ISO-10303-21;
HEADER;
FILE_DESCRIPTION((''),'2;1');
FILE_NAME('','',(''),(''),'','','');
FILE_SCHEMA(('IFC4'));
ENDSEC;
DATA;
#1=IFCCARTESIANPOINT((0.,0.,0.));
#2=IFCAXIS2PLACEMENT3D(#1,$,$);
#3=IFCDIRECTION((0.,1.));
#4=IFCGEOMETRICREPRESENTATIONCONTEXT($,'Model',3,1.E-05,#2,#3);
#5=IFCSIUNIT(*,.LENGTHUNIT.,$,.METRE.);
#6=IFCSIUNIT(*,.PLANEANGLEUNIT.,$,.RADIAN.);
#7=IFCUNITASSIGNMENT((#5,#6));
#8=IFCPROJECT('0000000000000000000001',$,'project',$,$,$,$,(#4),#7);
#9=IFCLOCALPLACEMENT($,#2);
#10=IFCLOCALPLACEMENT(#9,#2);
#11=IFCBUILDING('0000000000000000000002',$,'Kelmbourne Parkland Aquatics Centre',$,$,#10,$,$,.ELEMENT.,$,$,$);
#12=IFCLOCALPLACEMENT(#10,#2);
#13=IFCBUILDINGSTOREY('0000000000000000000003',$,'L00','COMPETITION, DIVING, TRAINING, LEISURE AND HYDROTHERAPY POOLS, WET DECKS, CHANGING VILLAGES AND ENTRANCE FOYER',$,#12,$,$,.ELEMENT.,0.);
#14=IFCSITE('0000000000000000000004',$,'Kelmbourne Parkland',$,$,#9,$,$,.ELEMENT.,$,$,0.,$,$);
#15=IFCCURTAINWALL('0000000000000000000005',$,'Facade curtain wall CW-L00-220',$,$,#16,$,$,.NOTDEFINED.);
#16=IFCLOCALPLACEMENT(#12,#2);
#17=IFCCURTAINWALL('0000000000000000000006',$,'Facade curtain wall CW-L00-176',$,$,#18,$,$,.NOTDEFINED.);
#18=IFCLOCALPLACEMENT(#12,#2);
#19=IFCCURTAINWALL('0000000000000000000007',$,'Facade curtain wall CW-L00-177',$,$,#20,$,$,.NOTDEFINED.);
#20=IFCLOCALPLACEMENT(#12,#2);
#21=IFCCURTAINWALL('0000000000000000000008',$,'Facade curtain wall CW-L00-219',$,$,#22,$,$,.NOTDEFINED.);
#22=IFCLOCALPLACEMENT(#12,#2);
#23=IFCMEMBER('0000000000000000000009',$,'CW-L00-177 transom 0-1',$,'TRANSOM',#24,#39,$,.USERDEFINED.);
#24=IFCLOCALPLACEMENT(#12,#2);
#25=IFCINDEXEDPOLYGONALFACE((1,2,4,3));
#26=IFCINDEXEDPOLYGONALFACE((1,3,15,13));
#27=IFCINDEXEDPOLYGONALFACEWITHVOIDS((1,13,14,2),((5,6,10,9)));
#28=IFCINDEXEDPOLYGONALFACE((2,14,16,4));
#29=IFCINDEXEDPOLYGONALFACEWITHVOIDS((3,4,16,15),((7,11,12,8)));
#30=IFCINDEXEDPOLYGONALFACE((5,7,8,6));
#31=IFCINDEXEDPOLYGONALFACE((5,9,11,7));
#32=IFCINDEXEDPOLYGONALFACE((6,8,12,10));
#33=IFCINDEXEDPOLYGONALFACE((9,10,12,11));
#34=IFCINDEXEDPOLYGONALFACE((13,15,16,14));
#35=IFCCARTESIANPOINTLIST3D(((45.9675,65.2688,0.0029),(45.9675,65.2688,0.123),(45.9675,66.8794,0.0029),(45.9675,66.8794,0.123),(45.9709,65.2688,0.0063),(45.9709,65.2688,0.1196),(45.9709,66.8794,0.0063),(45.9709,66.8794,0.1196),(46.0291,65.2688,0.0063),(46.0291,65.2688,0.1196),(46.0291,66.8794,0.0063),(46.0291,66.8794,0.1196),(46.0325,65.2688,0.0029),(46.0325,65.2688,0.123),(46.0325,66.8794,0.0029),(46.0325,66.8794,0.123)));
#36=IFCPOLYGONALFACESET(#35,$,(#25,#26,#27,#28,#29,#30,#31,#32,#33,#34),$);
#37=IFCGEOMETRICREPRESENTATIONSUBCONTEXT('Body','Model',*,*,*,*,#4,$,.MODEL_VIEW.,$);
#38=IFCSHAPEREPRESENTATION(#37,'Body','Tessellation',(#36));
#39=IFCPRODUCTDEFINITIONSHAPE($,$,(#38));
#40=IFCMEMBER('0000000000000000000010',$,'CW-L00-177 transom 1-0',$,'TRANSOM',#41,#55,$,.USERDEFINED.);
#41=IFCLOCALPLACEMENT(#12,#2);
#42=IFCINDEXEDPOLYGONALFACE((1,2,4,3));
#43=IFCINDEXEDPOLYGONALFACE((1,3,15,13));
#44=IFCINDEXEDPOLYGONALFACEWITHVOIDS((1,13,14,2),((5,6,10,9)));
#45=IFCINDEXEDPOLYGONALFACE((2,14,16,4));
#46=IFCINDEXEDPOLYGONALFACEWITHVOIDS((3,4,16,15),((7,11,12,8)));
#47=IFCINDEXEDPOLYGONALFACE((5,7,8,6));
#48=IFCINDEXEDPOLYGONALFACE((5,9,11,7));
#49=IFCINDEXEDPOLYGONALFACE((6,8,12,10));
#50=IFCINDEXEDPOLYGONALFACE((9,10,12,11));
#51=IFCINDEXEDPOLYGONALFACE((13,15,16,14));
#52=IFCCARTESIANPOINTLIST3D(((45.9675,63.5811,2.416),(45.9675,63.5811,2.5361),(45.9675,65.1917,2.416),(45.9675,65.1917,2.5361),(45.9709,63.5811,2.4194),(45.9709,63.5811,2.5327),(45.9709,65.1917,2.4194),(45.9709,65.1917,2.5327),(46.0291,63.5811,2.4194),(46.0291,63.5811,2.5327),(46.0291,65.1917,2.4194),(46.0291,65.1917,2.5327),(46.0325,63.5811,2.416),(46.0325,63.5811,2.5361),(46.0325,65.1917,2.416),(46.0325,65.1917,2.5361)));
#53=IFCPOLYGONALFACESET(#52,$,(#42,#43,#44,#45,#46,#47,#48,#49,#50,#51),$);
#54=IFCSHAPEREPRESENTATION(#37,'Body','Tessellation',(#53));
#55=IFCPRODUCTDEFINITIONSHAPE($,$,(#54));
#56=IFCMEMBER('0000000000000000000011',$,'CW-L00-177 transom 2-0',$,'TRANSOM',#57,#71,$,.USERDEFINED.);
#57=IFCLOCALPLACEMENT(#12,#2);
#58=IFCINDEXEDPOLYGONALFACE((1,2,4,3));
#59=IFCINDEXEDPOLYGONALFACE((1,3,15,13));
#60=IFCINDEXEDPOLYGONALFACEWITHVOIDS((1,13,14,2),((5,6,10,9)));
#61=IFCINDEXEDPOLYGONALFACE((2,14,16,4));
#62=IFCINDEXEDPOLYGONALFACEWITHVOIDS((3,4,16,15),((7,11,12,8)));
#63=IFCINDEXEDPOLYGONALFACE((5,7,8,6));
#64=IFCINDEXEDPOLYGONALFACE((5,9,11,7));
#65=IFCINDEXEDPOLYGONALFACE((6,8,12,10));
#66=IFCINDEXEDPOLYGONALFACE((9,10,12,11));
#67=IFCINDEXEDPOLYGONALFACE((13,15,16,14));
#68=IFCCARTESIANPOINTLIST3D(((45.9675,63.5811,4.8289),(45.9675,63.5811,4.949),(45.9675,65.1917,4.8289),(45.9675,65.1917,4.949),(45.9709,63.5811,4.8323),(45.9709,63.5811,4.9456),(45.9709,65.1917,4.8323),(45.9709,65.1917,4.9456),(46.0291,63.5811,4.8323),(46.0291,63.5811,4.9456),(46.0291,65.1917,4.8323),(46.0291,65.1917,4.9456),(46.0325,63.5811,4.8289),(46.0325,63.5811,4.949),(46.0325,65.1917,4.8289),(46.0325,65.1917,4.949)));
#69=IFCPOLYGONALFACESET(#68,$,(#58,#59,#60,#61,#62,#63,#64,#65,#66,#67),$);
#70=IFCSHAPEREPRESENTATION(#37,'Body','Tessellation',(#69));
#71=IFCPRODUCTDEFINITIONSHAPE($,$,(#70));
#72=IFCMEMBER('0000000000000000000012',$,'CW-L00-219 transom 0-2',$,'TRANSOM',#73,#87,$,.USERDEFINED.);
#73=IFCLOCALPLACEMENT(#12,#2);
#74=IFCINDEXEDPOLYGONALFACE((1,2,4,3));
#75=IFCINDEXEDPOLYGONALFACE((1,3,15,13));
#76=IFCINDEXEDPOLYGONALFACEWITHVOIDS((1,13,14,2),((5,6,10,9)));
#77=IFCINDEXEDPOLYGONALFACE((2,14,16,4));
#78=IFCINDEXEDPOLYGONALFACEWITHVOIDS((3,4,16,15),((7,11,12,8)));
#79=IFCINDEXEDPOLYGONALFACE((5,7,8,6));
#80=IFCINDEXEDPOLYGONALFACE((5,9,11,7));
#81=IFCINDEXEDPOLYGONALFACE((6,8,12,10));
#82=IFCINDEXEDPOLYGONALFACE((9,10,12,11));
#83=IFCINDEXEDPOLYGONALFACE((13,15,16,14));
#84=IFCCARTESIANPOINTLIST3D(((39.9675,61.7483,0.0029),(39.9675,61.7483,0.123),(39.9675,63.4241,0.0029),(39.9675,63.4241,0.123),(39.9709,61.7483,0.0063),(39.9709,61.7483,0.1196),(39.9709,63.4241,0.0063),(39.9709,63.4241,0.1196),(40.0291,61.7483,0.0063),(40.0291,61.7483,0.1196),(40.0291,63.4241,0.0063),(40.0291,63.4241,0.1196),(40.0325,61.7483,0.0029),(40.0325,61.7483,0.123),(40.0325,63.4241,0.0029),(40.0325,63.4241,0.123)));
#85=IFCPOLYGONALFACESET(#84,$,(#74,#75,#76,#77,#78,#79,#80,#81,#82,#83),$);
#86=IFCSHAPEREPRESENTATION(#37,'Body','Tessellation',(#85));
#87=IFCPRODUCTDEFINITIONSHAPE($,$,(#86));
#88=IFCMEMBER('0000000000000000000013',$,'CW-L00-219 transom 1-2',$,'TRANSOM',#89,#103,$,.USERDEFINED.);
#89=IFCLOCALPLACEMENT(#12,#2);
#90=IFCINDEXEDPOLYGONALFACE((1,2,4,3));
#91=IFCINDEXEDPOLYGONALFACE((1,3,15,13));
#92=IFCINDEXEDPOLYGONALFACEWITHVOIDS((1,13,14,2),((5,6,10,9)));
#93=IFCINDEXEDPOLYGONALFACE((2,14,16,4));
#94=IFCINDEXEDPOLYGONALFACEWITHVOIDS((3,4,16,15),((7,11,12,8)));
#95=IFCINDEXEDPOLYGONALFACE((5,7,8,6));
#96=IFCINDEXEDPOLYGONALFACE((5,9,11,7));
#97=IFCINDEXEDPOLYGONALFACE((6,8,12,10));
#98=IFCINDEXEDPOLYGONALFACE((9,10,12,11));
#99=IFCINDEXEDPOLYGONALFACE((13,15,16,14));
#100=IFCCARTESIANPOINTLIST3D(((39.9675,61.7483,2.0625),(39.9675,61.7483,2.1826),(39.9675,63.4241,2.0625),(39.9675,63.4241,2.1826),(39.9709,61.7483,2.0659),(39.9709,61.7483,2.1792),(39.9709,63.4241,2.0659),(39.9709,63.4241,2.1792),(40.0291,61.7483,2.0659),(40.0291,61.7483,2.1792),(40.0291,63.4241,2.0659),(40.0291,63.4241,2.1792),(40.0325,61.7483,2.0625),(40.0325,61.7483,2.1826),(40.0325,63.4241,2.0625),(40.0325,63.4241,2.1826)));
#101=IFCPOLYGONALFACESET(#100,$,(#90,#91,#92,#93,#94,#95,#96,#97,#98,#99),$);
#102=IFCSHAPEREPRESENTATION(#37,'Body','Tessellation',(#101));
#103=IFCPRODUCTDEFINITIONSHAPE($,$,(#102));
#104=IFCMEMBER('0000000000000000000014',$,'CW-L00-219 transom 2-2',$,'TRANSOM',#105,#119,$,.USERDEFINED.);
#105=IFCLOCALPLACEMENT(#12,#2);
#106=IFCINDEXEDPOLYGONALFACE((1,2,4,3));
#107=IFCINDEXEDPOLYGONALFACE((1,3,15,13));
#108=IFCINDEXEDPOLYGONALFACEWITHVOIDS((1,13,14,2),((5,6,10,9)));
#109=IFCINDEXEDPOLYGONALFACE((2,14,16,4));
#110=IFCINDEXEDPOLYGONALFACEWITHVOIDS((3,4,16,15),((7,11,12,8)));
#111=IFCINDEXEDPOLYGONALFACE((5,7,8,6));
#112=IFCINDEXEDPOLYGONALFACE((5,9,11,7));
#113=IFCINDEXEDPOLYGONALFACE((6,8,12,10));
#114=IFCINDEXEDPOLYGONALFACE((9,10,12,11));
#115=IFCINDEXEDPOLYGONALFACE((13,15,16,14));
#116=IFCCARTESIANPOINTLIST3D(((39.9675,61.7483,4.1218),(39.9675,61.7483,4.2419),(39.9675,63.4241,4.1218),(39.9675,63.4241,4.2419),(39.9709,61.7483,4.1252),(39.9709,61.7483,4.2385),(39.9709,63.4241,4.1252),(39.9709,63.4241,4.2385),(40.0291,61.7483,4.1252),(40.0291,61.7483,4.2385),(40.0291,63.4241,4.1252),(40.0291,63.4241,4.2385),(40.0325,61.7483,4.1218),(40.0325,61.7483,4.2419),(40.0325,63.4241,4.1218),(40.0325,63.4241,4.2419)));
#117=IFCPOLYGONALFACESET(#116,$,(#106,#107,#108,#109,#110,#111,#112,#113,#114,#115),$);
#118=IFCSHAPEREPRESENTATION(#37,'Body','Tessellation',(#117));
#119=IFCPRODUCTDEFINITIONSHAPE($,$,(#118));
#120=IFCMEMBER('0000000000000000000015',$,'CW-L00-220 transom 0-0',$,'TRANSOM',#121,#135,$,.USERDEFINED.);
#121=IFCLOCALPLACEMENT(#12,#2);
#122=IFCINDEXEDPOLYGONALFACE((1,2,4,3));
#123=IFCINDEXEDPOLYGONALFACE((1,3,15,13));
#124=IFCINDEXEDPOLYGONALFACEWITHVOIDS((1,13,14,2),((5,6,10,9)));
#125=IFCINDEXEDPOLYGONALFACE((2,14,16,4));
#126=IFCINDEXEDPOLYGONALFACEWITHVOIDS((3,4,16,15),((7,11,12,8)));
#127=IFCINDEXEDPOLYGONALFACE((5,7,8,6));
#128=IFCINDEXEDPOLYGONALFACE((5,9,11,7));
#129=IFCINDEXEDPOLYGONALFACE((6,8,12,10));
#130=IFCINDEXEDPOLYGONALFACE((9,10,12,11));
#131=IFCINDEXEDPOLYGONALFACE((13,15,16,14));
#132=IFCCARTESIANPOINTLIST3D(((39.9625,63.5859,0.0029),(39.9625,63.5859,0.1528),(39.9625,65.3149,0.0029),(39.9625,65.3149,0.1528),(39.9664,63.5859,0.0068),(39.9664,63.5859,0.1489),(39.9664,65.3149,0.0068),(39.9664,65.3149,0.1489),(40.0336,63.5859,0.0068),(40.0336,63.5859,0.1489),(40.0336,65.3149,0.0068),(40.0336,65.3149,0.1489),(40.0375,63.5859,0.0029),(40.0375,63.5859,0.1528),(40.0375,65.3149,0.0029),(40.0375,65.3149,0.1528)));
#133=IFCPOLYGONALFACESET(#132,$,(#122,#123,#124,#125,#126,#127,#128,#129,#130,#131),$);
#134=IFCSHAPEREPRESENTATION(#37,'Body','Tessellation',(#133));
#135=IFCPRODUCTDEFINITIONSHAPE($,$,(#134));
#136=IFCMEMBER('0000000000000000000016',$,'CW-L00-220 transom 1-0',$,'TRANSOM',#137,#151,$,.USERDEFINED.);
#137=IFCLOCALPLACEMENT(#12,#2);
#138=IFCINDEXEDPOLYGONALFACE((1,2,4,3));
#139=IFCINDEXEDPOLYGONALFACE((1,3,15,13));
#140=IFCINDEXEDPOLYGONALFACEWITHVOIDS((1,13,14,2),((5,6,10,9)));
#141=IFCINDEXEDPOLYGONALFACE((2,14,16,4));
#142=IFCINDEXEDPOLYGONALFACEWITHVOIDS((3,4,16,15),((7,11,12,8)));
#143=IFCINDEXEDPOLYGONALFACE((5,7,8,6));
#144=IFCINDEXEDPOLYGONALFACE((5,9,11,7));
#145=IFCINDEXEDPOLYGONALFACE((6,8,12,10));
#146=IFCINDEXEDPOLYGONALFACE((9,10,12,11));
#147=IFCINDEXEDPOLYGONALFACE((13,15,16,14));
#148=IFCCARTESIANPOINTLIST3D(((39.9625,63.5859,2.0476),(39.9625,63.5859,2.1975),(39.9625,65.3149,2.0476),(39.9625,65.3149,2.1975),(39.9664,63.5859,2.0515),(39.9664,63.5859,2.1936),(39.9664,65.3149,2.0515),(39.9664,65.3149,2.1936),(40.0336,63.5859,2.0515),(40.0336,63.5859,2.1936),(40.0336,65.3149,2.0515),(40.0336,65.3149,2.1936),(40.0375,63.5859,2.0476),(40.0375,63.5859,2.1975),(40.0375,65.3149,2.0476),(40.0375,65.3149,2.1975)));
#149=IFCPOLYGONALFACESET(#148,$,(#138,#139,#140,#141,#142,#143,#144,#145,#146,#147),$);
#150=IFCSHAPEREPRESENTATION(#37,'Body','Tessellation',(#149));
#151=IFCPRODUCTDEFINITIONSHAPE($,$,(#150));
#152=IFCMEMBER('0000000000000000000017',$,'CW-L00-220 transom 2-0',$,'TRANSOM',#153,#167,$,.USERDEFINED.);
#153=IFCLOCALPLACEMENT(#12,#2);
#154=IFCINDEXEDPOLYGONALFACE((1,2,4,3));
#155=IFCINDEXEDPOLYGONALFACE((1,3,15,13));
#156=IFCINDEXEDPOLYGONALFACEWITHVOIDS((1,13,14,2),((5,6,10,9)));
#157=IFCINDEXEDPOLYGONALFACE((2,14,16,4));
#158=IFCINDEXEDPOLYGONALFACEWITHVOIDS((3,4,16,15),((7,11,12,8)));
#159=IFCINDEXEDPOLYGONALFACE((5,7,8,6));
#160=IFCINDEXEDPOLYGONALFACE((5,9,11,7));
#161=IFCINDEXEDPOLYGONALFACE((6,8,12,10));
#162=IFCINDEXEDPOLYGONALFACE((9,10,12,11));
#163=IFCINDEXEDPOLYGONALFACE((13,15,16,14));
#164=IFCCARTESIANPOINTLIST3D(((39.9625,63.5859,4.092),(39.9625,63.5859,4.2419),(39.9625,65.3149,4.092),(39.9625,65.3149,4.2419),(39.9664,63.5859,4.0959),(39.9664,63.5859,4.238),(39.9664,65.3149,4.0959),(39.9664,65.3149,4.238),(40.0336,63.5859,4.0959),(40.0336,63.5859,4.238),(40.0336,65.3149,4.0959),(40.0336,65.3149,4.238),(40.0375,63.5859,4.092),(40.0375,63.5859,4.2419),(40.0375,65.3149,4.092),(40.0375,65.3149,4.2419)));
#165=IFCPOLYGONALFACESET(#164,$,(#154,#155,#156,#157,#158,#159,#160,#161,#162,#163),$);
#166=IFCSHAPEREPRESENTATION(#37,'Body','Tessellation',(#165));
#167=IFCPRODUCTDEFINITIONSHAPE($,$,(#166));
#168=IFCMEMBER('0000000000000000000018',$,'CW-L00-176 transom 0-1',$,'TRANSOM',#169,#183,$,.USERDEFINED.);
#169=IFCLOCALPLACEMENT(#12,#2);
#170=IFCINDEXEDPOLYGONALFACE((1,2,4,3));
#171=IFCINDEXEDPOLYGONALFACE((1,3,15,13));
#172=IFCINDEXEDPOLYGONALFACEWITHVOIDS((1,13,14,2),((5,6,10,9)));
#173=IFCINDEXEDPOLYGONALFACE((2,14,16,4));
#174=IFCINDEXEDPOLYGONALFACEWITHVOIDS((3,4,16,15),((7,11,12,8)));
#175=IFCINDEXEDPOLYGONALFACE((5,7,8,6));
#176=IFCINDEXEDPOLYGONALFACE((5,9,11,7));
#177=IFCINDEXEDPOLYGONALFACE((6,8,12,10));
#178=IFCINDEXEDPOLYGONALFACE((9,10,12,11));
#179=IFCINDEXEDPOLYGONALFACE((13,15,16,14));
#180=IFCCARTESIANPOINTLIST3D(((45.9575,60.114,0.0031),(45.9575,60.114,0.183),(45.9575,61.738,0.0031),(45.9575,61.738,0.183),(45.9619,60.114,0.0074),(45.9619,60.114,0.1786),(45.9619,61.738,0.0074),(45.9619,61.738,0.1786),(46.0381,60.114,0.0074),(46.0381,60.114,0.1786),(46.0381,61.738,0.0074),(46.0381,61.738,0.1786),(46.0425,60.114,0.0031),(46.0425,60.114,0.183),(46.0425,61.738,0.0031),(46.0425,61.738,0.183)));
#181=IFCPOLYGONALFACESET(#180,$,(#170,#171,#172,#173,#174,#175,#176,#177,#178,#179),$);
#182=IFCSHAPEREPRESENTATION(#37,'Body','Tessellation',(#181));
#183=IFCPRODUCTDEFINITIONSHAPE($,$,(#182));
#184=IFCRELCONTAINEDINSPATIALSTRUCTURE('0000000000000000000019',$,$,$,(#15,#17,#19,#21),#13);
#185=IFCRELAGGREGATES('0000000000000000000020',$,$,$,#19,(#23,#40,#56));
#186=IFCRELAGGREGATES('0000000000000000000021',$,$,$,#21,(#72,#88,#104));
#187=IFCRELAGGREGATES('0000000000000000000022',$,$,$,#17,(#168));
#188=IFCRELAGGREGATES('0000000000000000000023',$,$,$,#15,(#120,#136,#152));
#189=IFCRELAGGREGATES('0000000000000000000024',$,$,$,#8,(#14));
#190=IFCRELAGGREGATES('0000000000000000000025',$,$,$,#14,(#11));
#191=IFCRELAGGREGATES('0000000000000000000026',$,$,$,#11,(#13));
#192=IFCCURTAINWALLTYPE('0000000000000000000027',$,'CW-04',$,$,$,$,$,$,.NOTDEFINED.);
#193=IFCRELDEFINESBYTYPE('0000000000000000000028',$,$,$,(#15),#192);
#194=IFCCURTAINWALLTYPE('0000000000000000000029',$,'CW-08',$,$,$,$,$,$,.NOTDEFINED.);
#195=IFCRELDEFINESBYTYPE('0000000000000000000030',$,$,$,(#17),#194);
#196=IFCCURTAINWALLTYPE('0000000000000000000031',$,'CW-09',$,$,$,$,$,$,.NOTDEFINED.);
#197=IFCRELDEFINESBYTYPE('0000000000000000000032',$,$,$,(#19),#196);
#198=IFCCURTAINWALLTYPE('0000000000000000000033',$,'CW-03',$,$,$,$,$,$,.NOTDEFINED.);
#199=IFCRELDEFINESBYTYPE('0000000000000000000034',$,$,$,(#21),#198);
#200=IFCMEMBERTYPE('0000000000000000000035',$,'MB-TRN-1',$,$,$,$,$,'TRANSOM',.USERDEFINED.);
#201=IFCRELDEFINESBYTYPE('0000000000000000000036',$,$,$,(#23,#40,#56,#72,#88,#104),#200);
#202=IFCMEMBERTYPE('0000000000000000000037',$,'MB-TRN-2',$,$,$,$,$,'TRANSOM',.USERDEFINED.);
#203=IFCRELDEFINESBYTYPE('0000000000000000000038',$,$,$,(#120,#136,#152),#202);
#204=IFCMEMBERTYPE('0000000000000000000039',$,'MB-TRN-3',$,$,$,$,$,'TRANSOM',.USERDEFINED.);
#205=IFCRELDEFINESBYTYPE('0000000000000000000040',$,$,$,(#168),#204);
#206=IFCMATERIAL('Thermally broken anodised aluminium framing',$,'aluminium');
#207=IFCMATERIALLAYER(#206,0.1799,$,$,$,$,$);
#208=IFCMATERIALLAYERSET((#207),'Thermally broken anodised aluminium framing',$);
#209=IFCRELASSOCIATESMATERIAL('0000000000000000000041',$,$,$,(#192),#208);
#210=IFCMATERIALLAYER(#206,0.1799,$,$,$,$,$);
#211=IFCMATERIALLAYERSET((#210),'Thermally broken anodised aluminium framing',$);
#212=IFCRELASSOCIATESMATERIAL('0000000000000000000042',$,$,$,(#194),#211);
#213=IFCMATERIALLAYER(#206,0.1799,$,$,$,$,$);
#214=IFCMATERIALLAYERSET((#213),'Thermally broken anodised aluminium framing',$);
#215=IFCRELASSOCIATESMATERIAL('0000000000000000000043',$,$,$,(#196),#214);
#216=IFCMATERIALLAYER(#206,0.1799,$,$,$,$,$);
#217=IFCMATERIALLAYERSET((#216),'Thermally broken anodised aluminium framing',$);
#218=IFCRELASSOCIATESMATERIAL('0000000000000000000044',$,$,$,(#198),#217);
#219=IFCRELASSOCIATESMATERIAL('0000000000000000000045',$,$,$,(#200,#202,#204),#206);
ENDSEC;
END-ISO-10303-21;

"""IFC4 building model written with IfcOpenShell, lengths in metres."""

from ifc_helpers import new_model, si_unit, direction, frame, origin, origin_2d, place, context, subcontext, project, spatial, hollow_rectangle, extrude, material, layer, layer_set, material_profile, profile_set, type_object, element, aggregate, save


model = new_model("IFC4")

# Units and contexts
model_context = context("Model", 3, precision=1e-05, world=origin(), true_north=direction((0.0, 1.0)))
body_context = subcontext(model_context, "Body", "Model", "MODEL_VIEW")
ifc_project = project(units=[si_unit("LENGTHUNIT", "METRE"), si_unit("PLANEANGLEUNIT", "RADIAN")], contexts=[model_context])

# Site, building, storey
site_placement = place(None, origin())
site = spatial("IfcSite", under=ifc_project, at=site_placement, Name="Kelmbourne Parkland", CompositionType="ELEMENT", RefElevation=0.0)
building_placement = place(site_placement, origin())
building = spatial("IfcBuilding", under=site, at=building_placement, Name="Kelmbourne Parkland Aquatics Centre", CompositionType="ELEMENT")
storey_placement = place(building_placement, origin())
storey = spatial("IfcBuildingStorey", under=building, at=storey_placement, Name="L00", Description="COMPETITION, DIVING, TRAINING, LEISURE AND HYDROTHERAPY POOLS, WET DECKS, CHANGING VILLAGES AND ENTRANCE FOYER", CompositionType="ELEMENT", Elevation=0.0)

# Curtain wall
ifc_material_1 = material(Name="Thermally broken anodised aluminium framing", Category="aluminium")
ifc_layer_1 = layer(ifc_material_1, 0.1799)
ifc_layer_set_1 = layer_set([ifc_layer_1], Name="Thermally broken anodised aluminium framing")
curtain_wall_type_1 = type_object("IfcCurtainWallType", Name="CW-04", PredefinedType="NOTDEFINED", material=ifc_layer_set_1)
curtain_wall_1_placement = place(storey_placement, origin())
curtain_wall_1 = element("IfcCurtainWall", 1, at=curtain_wall_1_placement, inside=storey, type_object=curtain_wall_type_1, Name="Facade curtain wall CW-L00-220", PredefinedType="NOTDEFINED")

# Curtain walls
ifc_layer_2 = layer(ifc_material_1, 0.1799)
ifc_layer_set_2 = layer_set([ifc_layer_2], Name="Thermally broken anodised aluminium framing")
curtain_wall_type_2 = type_object("IfcCurtainWallType", Name="CW-08", PredefinedType="NOTDEFINED", material=ifc_layer_set_2)
curtain_wall_2_placement = place(storey_placement, origin())
curtain_wall_2 = element("IfcCurtainWall", 2, at=curtain_wall_2_placement, inside=storey, type_object=curtain_wall_type_2, Name="Facade curtain wall CW-L00-176", PredefinedType="NOTDEFINED")
ifc_layer_3 = layer(ifc_material_1, 0.1799)
ifc_layer_set_3 = layer_set([ifc_layer_3], Name="Thermally broken anodised aluminium framing")
curtain_wall_type_3 = type_object("IfcCurtainWallType", Name="CW-09", PredefinedType="NOTDEFINED", material=ifc_layer_set_3)
curtain_wall_3_placement = place(storey_placement, origin())
curtain_wall_3 = element("IfcCurtainWall", 3, at=curtain_wall_3_placement, inside=storey, type_object=curtain_wall_type_3, Name="Facade curtain wall CW-L00-177", PredefinedType="NOTDEFINED")
ifc_layer_4 = layer(ifc_material_1, 0.1799)
ifc_layer_set_4 = layer_set([ifc_layer_4], Name="Thermally broken anodised aluminium framing")
curtain_wall_type_4 = type_object("IfcCurtainWallType", Name="CW-03", PredefinedType="NOTDEFINED", material=ifc_layer_set_4)
curtain_wall_4_placement = place(storey_placement, origin())
curtain_wall_4 = element("IfcCurtainWall", 4, at=curtain_wall_4_placement, inside=storey, type_object=curtain_wall_type_4, Name="Facade curtain wall CW-L00-219", PredefinedType="NOTDEFINED")

# Members
ifc_material_profile_1 = material_profile(ifc_material_1, hollow_rectangle(XDim=0.0649, YDim=0.1201, WallThickness=0.0034, at=origin_2d()), Name="CW-T 65x120")
ifc_profile_set_1 = profile_set([ifc_material_profile_1], Name="Thermally broken anodised aluminium framing")
member_type_1 = type_object("IfcMemberType", Name="MB-TRN-1", ElementType="TRANSOM", PredefinedType="USERDEFINED", material=ifc_profile_set_1)
member_1_placement = place(storey_placement, frame((46.0, 65.2688, 0.063), z_axis=(0.0, 1.0, 0.0), x_axis=(-1.0, 0.0, 0.0)))
member_1 = element("IfcMember", 5, at=member_1_placement, type_object=member_type_1, Name="CW-L00-177 transom 0-1", ObjectType="TRANSOM", PredefinedType="USERDEFINED", context=body_context, shape_type="SweptSolid", body=[
    extrude(hollow_rectangle(XDim=0.0649, YDim=0.1201, WallThickness=0.0034, at=origin_2d()), origin(), (0.0, 0.0, 1.0), 1.6106),
])
member_2_placement = place(storey_placement, frame((46.0, 63.5811, 2.4761), z_axis=(0.0, 1.0, 0.0), x_axis=(-1.0, 0.0, 0.0)))
member_2 = element("IfcMember", 6, at=member_2_placement, type_object=member_type_1, Name="CW-L00-177 transom 1-0", ObjectType="TRANSOM", PredefinedType="USERDEFINED", context=body_context, shape_type="SweptSolid", body=[
    extrude(hollow_rectangle(XDim=0.0649, YDim=0.1201, WallThickness=0.0034, at=origin_2d()), origin(), (0.0, 0.0, 1.0), 1.6106),
])
member_3_placement = place(storey_placement, frame((46.0, 63.5811, 4.8889), z_axis=(0.0, 1.0, 0.0), x_axis=(-1.0, 0.0, 0.0)))
member_3 = element("IfcMember", 7, at=member_3_placement, type_object=member_type_1, Name="CW-L00-177 transom 2-0", ObjectType="TRANSOM", PredefinedType="USERDEFINED", context=body_context, shape_type="SweptSolid", body=[
    extrude(hollow_rectangle(XDim=0.0649, YDim=0.1201, WallThickness=0.0034, at=origin_2d()), origin(), (0.0, 0.0, 1.0), 1.6106),
])
member_4_placement = place(storey_placement, frame((40.0, 61.7483, 0.063), z_axis=(0.0, 1.0, 0.0), x_axis=(-1.0, 0.0, 0.0)))
member_4 = element("IfcMember", 8, at=member_4_placement, type_object=member_type_1, Name="CW-L00-219 transom 0-2", ObjectType="TRANSOM", PredefinedType="USERDEFINED", context=body_context, shape_type="SweptSolid", body=[
    extrude(hollow_rectangle(XDim=0.0649, YDim=0.1201, WallThickness=0.0034, at=origin_2d()), origin(), (0.0, 0.0, 1.0), 1.6758),
])
member_5_placement = place(storey_placement, frame((40.0, 61.7483, 2.1226), z_axis=(0.0, 1.0, 0.0), x_axis=(-1.0, 0.0, 0.0)))
member_5 = element("IfcMember", 9, at=member_5_placement, type_object=member_type_1, Name="CW-L00-219 transom 1-2", ObjectType="TRANSOM", PredefinedType="USERDEFINED", context=body_context, shape_type="SweptSolid", body=[
    extrude(hollow_rectangle(XDim=0.0649, YDim=0.1201, WallThickness=0.0034, at=origin_2d()), origin(), (0.0, 0.0, 1.0), 1.6758),
])
member_6_placement = place(storey_placement, frame((40.0, 61.7483, 4.1819), z_axis=(0.0, 1.0, 0.0), x_axis=(-1.0, 0.0, 0.0)))
member_6 = element("IfcMember", 10, at=member_6_placement, type_object=member_type_1, Name="CW-L00-219 transom 2-2", ObjectType="TRANSOM", PredefinedType="USERDEFINED", context=body_context, shape_type="SweptSolid", body=[
    extrude(hollow_rectangle(XDim=0.0649, YDim=0.1201, WallThickness=0.0034, at=origin_2d()), origin(), (0.0, 0.0, 1.0), 1.6758),
])
ifc_material_profile_2 = material_profile(ifc_material_1, hollow_rectangle(XDim=0.075, YDim=0.1499, WallThickness=0.0039, at=origin_2d()), Name="CW-T 75x150")
ifc_profile_set_2 = profile_set([ifc_material_profile_2], Name="Thermally broken anodised aluminium framing")
member_type_2 = type_object("IfcMemberType", Name="MB-TRN-2", ElementType="TRANSOM", PredefinedType="USERDEFINED", material=ifc_profile_set_2)
member_7_placement = place(storey_placement, frame((40.0, 63.5859, 0.0779), z_axis=(0.0, 1.0, 0.0), x_axis=(-1.0, 0.0, 0.0)))
member_7 = element("IfcMember", 11, at=member_7_placement, type_object=member_type_2, Name="CW-L00-220 transom 0-0", ObjectType="TRANSOM", PredefinedType="USERDEFINED", context=body_context, shape_type="SweptSolid", body=[
    extrude(hollow_rectangle(XDim=0.075, YDim=0.1499, WallThickness=0.0039, at=origin_2d()), origin(), (0.0, 0.0, 1.0), 1.729),
])
member_8_placement = place(storey_placement, frame((40.0, 63.5859, 2.1226), z_axis=(0.0, 1.0, 0.0), x_axis=(-1.0, 0.0, 0.0)))
member_8 = element("IfcMember", 12, at=member_8_placement, type_object=member_type_2, Name="CW-L00-220 transom 1-0", ObjectType="TRANSOM", PredefinedType="USERDEFINED", context=body_context, shape_type="SweptSolid", body=[
    extrude(hollow_rectangle(XDim=0.075, YDim=0.1499, WallThickness=0.0039, at=origin_2d()), origin(), (0.0, 0.0, 1.0), 1.729),
])
member_9_placement = place(storey_placement, frame((40.0, 63.5859, 4.167), z_axis=(0.0, 1.0, 0.0), x_axis=(-1.0, 0.0, 0.0)))
member_9 = element("IfcMember", 13, at=member_9_placement, type_object=member_type_2, Name="CW-L00-220 transom 2-0", ObjectType="TRANSOM", PredefinedType="USERDEFINED", context=body_context, shape_type="SweptSolid", body=[
    extrude(hollow_rectangle(XDim=0.075, YDim=0.1499, WallThickness=0.0039, at=origin_2d()), origin(), (0.0, 0.0, 1.0), 1.729),
])
ifc_material_profile_3 = material_profile(ifc_material_1, hollow_rectangle(XDim=0.085, YDim=0.1799, WallThickness=0.0044, at=origin_2d()), Name="CW-T 85x180")
ifc_profile_set_3 = profile_set([ifc_material_profile_3], Name="Thermally broken anodised aluminium framing")
member_type_3 = type_object("IfcMemberType", Name="MB-TRN-3", ElementType="TRANSOM", PredefinedType="USERDEFINED", material=ifc_profile_set_3)
member_10_placement = place(storey_placement, frame((46.0, 60.114, 0.093), z_axis=(0.0, 1.0, 0.0), x_axis=(-1.0, 0.0, 0.0)))
member_10 = element("IfcMember", 14, at=member_10_placement, type_object=member_type_3, Name="CW-L00-176 transom 0-1", ObjectType="TRANSOM", PredefinedType="USERDEFINED", context=body_context, shape_type="SweptSolid", body=[
    extrude(hollow_rectangle(XDim=0.085, YDim=0.1799, WallThickness=0.0044, at=origin_2d()), origin(), (0.0, 0.0, 1.0), 1.624),
])

aggregate(curtain_wall_3, [member_1, member_2, member_3])
aggregate(curtain_wall_4, [member_4, member_5, member_6])
aggregate(curtain_wall_2, [member_10])
aggregate(curtain_wall_1, [member_7, member_8, member_9])

save(model, "model.ifc")
